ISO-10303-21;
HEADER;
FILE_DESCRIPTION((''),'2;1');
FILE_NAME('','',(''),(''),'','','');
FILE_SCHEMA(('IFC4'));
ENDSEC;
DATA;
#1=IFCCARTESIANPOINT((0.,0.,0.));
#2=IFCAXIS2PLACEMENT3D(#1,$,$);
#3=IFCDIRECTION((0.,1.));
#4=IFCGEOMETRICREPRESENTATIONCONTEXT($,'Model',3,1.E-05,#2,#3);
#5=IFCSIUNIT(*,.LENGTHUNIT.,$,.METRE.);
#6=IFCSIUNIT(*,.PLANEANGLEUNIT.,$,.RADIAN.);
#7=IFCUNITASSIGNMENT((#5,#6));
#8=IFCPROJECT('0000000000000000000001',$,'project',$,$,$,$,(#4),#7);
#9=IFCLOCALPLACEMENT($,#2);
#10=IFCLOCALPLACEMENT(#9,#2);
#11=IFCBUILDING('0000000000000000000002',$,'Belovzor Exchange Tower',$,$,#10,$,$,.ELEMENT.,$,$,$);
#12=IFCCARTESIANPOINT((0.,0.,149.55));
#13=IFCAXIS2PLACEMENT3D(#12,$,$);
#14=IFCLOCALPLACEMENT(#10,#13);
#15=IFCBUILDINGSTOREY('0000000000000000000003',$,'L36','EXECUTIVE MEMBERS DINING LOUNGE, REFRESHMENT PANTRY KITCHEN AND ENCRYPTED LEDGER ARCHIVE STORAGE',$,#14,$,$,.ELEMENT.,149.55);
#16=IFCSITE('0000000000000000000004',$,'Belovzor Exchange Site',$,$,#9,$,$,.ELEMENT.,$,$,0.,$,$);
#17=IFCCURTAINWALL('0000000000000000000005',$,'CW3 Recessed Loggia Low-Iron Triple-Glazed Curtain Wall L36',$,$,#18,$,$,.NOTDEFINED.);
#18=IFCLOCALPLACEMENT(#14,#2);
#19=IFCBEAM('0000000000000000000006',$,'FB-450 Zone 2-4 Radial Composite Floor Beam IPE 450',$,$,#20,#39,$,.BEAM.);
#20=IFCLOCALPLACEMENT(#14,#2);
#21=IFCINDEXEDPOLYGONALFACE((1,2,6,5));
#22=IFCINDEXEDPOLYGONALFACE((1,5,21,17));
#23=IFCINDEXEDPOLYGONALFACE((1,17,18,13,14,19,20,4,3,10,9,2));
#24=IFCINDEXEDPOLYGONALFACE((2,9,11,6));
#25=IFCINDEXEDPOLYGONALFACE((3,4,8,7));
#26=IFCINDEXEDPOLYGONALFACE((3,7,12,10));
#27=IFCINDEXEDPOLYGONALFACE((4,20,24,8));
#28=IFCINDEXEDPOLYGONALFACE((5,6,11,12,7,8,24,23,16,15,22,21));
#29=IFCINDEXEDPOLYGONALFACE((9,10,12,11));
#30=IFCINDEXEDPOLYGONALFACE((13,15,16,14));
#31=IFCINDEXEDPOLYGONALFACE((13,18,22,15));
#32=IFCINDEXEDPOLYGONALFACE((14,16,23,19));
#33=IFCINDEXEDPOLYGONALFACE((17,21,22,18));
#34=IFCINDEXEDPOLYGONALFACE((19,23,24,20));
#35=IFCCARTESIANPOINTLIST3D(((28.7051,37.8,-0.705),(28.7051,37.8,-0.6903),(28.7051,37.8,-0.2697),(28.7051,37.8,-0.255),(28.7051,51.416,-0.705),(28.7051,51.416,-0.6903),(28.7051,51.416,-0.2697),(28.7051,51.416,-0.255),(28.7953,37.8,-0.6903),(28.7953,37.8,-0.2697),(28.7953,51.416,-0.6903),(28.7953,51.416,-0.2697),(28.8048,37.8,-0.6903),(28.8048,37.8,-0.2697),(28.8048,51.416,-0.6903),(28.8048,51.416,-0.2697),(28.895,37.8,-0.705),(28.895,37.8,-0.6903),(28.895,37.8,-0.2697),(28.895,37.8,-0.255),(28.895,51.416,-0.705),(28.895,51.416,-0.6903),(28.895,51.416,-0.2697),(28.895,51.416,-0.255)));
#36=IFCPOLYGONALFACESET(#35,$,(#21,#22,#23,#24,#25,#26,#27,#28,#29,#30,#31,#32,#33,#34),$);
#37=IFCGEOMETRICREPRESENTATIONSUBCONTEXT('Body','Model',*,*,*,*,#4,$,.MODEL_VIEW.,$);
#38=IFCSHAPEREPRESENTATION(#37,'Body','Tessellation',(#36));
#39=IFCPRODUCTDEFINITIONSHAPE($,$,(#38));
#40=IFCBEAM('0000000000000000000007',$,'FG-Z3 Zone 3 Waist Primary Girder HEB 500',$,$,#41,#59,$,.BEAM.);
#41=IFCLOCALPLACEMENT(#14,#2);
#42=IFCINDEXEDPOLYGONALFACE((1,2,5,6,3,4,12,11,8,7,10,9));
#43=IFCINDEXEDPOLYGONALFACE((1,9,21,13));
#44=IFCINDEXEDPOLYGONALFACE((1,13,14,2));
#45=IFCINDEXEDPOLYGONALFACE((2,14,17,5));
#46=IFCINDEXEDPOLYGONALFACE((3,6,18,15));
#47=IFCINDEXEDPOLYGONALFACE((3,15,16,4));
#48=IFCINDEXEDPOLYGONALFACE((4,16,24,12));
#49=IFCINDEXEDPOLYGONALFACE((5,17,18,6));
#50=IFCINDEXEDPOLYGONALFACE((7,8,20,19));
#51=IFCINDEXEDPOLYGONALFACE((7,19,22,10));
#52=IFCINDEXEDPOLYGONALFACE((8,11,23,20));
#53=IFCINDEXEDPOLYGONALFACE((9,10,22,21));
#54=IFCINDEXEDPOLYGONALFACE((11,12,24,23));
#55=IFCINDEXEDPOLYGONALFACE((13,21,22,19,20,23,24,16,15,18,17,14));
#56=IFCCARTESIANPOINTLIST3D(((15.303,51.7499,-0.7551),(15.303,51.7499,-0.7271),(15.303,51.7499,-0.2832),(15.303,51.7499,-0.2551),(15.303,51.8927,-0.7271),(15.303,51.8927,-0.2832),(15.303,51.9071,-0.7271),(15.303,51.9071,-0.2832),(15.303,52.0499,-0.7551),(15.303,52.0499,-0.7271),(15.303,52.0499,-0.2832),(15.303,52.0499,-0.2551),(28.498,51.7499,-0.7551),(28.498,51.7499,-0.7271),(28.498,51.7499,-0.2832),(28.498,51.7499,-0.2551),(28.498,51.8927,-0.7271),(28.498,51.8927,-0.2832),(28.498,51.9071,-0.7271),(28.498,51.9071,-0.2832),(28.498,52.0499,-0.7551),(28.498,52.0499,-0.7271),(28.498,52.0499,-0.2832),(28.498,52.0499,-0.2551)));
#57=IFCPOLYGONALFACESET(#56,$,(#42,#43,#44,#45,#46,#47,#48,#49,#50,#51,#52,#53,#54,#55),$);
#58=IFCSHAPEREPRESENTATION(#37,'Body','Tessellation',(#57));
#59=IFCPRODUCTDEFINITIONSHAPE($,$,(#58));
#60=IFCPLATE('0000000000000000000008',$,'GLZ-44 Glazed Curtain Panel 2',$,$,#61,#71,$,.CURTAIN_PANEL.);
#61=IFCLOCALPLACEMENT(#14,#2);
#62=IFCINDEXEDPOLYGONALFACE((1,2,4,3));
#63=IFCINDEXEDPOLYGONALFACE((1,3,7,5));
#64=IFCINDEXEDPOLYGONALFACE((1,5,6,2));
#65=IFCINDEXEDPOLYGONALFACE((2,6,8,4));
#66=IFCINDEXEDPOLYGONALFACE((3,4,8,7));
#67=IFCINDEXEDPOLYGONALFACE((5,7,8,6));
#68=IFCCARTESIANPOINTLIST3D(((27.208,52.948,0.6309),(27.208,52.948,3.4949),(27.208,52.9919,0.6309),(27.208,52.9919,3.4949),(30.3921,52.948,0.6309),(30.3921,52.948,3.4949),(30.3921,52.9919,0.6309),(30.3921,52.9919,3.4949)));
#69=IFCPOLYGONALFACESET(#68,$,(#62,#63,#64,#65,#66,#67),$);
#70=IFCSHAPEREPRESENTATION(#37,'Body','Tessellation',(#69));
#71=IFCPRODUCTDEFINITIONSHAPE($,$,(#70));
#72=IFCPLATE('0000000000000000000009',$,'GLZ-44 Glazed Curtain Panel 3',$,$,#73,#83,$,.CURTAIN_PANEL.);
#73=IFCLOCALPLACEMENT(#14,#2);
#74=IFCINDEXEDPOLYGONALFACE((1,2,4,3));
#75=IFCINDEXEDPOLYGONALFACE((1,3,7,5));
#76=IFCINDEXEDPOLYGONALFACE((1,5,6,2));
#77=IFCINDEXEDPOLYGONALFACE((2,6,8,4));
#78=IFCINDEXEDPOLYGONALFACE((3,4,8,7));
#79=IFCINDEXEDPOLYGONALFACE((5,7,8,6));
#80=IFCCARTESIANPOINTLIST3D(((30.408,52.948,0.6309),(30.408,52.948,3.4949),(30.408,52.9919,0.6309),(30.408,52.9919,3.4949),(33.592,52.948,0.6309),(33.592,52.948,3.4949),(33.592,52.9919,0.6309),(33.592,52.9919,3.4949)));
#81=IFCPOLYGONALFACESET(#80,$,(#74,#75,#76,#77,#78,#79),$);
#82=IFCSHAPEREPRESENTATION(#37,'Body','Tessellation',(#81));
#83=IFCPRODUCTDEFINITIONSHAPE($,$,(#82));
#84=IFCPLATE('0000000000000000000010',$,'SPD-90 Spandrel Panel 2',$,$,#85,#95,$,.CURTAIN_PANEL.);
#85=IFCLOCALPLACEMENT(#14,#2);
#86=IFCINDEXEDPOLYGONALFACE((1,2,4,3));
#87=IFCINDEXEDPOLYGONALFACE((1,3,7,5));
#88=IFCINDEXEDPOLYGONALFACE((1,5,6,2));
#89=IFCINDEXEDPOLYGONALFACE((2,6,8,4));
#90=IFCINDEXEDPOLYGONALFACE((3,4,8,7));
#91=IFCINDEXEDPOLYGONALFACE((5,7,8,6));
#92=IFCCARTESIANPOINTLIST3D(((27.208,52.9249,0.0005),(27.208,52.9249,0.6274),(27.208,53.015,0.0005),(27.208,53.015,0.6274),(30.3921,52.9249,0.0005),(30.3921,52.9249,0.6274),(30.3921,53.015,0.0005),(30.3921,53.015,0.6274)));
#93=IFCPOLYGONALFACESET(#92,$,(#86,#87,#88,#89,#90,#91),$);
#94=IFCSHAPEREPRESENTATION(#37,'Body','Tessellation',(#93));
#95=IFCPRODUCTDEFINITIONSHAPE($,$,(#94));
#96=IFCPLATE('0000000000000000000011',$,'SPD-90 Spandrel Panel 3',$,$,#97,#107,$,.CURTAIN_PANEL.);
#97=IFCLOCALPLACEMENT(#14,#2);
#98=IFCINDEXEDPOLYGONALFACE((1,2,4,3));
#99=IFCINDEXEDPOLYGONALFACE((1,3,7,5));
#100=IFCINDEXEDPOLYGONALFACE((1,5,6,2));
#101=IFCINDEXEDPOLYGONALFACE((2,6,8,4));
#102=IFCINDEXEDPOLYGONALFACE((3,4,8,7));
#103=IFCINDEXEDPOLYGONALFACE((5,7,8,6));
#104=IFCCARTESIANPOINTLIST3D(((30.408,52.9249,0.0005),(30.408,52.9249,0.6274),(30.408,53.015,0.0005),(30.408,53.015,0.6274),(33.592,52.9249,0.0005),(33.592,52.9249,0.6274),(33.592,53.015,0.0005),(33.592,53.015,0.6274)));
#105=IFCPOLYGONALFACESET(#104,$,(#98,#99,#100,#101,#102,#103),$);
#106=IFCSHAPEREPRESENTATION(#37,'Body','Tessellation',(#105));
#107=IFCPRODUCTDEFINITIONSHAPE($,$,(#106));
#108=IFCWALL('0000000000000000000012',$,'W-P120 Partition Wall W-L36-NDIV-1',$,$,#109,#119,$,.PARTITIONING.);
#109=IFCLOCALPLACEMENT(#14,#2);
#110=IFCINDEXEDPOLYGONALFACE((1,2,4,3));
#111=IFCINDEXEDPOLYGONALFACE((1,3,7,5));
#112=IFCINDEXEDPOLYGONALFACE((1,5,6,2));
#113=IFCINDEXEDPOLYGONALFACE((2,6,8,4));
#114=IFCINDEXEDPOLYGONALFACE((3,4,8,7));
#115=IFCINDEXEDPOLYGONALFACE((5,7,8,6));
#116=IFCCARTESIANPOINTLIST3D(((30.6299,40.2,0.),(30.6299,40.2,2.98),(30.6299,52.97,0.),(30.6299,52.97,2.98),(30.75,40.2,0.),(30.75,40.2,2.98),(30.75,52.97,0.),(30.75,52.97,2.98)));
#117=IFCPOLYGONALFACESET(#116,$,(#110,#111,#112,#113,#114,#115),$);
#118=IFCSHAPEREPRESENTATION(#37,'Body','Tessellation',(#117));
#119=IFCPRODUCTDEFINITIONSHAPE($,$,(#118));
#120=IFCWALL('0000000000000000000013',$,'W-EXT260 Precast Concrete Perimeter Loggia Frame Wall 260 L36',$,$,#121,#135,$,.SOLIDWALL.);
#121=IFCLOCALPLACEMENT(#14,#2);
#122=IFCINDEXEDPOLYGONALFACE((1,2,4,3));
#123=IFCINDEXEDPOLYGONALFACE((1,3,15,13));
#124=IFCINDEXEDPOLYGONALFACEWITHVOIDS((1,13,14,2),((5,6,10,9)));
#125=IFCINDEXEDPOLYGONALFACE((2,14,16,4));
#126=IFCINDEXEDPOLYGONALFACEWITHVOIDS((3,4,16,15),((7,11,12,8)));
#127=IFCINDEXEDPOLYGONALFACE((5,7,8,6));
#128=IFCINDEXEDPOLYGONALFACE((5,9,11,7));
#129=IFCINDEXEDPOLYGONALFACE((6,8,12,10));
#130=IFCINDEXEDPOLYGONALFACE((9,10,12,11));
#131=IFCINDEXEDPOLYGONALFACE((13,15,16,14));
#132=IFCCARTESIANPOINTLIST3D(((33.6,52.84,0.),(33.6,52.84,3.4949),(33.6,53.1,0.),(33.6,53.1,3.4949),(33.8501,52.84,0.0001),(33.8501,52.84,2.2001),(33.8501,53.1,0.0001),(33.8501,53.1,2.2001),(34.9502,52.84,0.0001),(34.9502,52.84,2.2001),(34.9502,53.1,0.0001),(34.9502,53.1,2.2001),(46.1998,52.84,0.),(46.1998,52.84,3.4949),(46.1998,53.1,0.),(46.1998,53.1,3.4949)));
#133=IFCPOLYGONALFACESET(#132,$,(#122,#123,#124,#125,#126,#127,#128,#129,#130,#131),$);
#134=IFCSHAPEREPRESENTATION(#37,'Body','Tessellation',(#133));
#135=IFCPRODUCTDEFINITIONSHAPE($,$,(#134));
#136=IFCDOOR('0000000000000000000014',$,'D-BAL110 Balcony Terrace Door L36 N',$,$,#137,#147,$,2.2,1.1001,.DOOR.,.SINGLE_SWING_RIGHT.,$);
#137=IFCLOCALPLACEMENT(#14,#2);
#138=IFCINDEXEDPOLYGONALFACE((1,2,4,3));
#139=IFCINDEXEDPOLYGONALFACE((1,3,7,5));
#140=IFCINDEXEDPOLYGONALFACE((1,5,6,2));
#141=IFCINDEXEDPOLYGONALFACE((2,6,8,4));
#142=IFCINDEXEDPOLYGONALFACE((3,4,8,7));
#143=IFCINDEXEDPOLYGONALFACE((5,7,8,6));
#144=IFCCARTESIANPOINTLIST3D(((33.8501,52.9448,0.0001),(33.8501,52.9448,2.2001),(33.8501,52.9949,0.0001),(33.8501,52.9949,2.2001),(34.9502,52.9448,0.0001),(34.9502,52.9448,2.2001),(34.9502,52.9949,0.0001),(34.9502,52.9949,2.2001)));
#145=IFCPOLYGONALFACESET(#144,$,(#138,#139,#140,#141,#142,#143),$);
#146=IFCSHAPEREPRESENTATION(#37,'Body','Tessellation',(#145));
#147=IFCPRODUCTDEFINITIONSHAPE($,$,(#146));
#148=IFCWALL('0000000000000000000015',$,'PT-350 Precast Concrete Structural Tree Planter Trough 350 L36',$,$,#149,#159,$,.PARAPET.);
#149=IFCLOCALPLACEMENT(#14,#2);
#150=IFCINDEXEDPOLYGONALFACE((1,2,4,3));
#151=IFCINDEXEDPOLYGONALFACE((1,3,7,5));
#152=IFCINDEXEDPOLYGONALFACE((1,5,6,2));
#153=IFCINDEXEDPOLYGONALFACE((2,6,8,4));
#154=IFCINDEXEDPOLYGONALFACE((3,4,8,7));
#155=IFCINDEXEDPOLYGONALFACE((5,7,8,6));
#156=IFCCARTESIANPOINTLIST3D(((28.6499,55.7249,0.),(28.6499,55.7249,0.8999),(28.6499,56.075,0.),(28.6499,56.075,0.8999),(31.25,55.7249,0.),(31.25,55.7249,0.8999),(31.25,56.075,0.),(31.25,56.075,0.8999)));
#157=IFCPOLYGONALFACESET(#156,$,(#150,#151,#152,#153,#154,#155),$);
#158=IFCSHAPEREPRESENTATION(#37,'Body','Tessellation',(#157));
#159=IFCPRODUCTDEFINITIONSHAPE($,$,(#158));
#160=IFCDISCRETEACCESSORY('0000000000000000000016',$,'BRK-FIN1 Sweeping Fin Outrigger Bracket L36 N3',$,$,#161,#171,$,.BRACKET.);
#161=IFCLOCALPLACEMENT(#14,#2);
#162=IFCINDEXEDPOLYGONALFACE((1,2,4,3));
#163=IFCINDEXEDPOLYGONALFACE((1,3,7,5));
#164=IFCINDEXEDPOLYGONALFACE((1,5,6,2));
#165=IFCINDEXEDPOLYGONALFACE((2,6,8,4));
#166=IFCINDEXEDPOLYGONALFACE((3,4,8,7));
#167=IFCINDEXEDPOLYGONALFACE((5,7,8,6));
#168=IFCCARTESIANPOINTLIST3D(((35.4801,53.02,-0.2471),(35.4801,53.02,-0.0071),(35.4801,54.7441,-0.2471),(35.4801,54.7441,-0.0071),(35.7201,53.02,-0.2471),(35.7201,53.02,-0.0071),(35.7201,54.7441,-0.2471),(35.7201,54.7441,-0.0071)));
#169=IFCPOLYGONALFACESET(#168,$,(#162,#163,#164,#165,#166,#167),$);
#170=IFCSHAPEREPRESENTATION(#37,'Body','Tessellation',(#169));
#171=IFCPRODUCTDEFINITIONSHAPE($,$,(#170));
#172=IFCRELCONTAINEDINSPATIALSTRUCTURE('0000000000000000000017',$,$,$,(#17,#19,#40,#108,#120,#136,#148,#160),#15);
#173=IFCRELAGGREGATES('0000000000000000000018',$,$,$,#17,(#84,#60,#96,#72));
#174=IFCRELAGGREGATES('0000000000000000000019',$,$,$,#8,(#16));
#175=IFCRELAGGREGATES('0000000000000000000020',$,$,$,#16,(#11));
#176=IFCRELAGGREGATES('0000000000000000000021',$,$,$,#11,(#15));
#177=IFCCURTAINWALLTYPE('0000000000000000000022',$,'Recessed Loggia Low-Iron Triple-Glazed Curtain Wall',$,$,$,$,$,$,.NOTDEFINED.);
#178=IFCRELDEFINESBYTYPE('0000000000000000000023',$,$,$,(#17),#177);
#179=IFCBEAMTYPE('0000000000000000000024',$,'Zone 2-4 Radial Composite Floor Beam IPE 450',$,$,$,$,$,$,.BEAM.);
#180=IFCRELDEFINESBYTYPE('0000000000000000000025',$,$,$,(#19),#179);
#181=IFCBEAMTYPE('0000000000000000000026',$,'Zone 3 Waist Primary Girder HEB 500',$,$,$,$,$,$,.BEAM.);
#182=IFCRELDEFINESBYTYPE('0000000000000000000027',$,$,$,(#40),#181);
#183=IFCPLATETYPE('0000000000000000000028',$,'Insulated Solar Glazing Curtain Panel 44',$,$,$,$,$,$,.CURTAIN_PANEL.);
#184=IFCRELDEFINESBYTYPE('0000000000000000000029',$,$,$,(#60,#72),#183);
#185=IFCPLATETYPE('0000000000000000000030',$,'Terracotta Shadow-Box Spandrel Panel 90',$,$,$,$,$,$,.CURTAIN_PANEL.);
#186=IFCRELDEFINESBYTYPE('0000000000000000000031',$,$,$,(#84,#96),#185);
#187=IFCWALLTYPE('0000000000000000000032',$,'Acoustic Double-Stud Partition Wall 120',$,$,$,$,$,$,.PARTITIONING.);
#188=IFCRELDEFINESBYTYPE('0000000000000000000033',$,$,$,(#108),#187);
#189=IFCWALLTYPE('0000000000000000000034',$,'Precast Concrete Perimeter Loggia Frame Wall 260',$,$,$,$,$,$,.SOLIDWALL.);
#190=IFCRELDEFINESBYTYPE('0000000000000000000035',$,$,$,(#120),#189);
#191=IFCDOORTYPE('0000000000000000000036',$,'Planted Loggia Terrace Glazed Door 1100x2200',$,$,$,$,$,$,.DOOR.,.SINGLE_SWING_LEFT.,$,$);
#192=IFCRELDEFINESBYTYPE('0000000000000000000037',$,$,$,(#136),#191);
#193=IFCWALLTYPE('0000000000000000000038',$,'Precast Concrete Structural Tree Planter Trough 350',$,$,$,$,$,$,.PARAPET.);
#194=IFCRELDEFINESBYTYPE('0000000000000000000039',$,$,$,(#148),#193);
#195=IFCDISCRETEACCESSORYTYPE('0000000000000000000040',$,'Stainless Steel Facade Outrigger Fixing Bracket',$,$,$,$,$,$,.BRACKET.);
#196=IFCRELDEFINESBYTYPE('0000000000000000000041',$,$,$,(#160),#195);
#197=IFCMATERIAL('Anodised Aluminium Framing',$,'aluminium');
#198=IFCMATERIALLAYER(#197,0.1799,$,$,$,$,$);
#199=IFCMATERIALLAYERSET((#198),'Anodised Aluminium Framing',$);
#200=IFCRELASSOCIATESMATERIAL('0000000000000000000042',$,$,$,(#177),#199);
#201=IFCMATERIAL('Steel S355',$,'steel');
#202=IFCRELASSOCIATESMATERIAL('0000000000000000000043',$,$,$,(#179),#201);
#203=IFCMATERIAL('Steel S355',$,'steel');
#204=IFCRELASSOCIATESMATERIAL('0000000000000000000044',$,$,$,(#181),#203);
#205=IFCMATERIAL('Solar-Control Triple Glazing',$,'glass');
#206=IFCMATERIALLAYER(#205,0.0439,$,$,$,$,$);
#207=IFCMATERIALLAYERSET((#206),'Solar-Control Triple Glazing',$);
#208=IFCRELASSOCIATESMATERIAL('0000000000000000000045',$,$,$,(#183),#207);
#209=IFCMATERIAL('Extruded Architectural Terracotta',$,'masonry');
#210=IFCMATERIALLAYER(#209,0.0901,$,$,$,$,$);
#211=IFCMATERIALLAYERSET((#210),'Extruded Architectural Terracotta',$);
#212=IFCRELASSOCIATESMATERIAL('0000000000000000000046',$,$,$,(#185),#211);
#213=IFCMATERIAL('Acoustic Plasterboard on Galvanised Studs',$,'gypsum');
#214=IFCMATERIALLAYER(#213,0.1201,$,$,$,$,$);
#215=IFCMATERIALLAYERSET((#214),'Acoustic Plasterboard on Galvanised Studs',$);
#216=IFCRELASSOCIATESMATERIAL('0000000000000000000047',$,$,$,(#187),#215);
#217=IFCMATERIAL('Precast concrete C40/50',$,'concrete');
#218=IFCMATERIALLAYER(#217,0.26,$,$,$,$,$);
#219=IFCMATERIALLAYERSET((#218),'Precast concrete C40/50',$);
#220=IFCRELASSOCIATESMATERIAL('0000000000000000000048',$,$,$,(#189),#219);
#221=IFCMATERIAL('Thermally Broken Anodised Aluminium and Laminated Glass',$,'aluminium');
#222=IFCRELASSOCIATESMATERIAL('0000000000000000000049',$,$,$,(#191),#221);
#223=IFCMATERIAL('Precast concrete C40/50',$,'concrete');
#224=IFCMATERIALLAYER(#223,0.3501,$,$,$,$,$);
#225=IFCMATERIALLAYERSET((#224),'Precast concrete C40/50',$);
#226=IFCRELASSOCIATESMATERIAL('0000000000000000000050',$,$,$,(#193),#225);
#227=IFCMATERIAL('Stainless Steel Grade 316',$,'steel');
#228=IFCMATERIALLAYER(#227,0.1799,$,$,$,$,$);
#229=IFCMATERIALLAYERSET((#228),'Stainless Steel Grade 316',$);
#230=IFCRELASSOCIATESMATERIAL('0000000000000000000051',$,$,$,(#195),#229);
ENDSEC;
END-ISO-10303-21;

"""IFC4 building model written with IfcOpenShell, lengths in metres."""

from ifc_helpers import new_model, si_unit, direction, frame, frame_2d, origin, origin_2d, place, context, subcontext, project, spatial, rectangle, i_section, extrude, material, layer, layer_set, material_profile, profile_set, type_object, element, fill, aggregate, save


model = new_model("IFC4")

# Units and contexts
model_context = context("Model", 3, precision=1e-05, world=origin(), true_north=direction((0.0, 1.0)))
body_context = subcontext(model_context, "Body", "Model", "MODEL_VIEW")
ifc_project = project(units=[si_unit("LENGTHUNIT", "METRE"), si_unit("PLANEANGLEUNIT", "RADIAN")], contexts=[model_context])

# Site, building, storey
site_placement = place(None, origin())
site = spatial("IfcSite", under=ifc_project, at=site_placement, Name="Belovzor Exchange Site", CompositionType="ELEMENT", RefElevation=0.0)
building_placement = place(site_placement, origin())
building = spatial("IfcBuilding", under=site, at=building_placement, Name="Belovzor Exchange Tower", CompositionType="ELEMENT")
storey_placement = place(building_placement, frame((0.0, 0.0, 149.55)))
storey = spatial("IfcBuildingStorey", under=building, at=storey_placement, Name="L36", Description="EXECUTIVE MEMBERS DINING LOUNGE, REFRESHMENT PANTRY KITCHEN AND ENCRYPTED LEDGER ARCHIVE STORAGE", CompositionType="ELEMENT", Elevation=149.55)

# Curtain wall
ifc_material_1 = material(Name="Anodised Aluminium Framing", Category="aluminium")
ifc_layer_1 = layer(ifc_material_1, 0.1799)
ifc_layer_set_1 = layer_set([ifc_layer_1], Name="Anodised Aluminium Framing")
curtain_wall_type = type_object("IfcCurtainWallType", Name="Recessed Loggia Low-Iron Triple-Glazed Curtain Wall", PredefinedType="NOTDEFINED", material=ifc_layer_set_1)
curtain_wall_placement = place(storey_placement, origin())
curtain_wall = element("IfcCurtainWall", 1, at=curtain_wall_placement, inside=storey, type_object=curtain_wall_type, Name="CW3 Recessed Loggia Low-Iron Triple-Glazed Curtain Wall L36", PredefinedType="NOTDEFINED")

# Beams
ifc_material_2 = material(Name="Steel S355", Category="steel")
ifc_material_profile_1 = material_profile(ifc_material_2, i_section(OverallWidth=0.1899, OverallDepth=0.45, WebThickness=0.0095, FlangeThickness=0.0146, at=origin_2d()))
ifc_profile_set_1 = profile_set([ifc_material_profile_1], Name="Steel S355")
beam_type_1 = type_object("IfcBeamType", Name="Zone 2-4 Radial Composite Floor Beam IPE 450", PredefinedType="BEAM", material=ifc_profile_set_1)
beam_1_placement = place(storey_placement, frame((28.8, 37.8, -0.48), z_axis=(0.0, 1.0, 0.0), x_axis=(-1.0, 0.0, 0.0)))
element("IfcBeam", 2, at=beam_1_placement, inside=storey, type_object=beam_type_1, Name="FB-450 Zone 2-4 Radial Composite Floor Beam IPE 450", PredefinedType="BEAM", context=body_context, shape_type="SweptSolid", body=[
    extrude(i_section(OverallWidth=0.1899, OverallDepth=0.45, WebThickness=0.0095, FlangeThickness=0.0146, at=origin_2d()), origin(), (0.0, 0.0, 1.0), 13.616),
])
ifc_material_3 = material(Name="Steel S355", Category="steel")
ifc_material_profile_2 = material_profile(ifc_material_3, i_section(OverallWidth=0.3, OverallDepth=0.5, WebThickness=0.0144, FlangeThickness=0.0281, at=origin_2d()))
ifc_profile_set_2 = profile_set([ifc_material_profile_2], Name="Steel S355")
beam_type_2 = type_object("IfcBeamType", Name="Zone 3 Waist Primary Girder HEB 500", PredefinedType="BEAM", material=ifc_profile_set_2)
beam_2_placement = place(storey_placement, frame((28.498, 51.8999, -0.5051), z_axis=(-1.0, 0.0, 0.0), x_axis=(0.0, -1.0, 0.0)))
element("IfcBeam", 3, at=beam_2_placement, inside=storey, type_object=beam_type_2, Name="FG-Z3 Zone 3 Waist Primary Girder HEB 500", PredefinedType="BEAM", context=body_context, shape_type="SweptSolid", body=[
    extrude(i_section(OverallWidth=0.3, OverallDepth=0.5, WebThickness=0.0144, FlangeThickness=0.0281, at=origin_2d()), origin(), (0.0, 0.0, 1.0), 13.1951),
])

# Plates
ifc_material_4 = material(Name="Solar-Control Triple Glazing", Category="glass")
ifc_layer_2 = layer(ifc_material_4, 0.0439)
ifc_layer_set_2 = layer_set([ifc_layer_2], Name="Solar-Control Triple Glazing")
plate_type_1 = type_object("IfcPlateType", Name="Insulated Solar Glazing Curtain Panel 44", PredefinedType="CURTAIN_PANEL", material=ifc_layer_set_2)
plate_1_placement = place(storey_placement, frame((28.8, 52.97, 0.6309), z_axis=(0.0, 0.0, 1.0), x_axis=(1.0, 0.0, 0.0)))
plate_1 = element("IfcPlate", 4, at=plate_1_placement, type_object=plate_type_1, Name="GLZ-44 Glazed Curtain Panel 2", PredefinedType="CURTAIN_PANEL", context=body_context, shape_type="SweptSolid", body=[
    extrude(rectangle(XDim=3.1841, YDim=0.0439, at=origin_2d()), origin(), (0.0, 0.0, 1.0), 2.864),
])
plate_2_placement = place(storey_placement, frame((32.0, 52.97, 0.6309), z_axis=(0.0, 0.0, 1.0), x_axis=(1.0, 0.0, 0.0)))
plate_2 = element("IfcPlate", 5, at=plate_2_placement, type_object=plate_type_1, Name="GLZ-44 Glazed Curtain Panel 3", PredefinedType="CURTAIN_PANEL", context=body_context, shape_type="SweptSolid", body=[
    extrude(rectangle(XDim=3.1841, YDim=0.0439, at=origin_2d()), origin(), (0.0, 0.0, 1.0), 2.864),
])
ifc_material_5 = material(Name="Extruded Architectural Terracotta", Category="masonry")
ifc_layer_3 = layer(ifc_material_5, 0.0901)
ifc_layer_set_3 = layer_set([ifc_layer_3], Name="Extruded Architectural Terracotta")
plate_type_2 = type_object("IfcPlateType", Name="Terracotta Shadow-Box Spandrel Panel 90", PredefinedType="CURTAIN_PANEL", material=ifc_layer_set_3)
plate_3_placement = place(storey_placement, frame((28.8, 52.97, 0.0005), z_axis=(0.0, 0.0, 1.0), x_axis=(1.0, 0.0, 0.0)))
plate_3 = element("IfcPlate", 6, at=plate_3_placement, type_object=plate_type_2, Name="SPD-90 Spandrel Panel 2", PredefinedType="CURTAIN_PANEL", context=body_context, shape_type="SweptSolid", body=[
    extrude(rectangle(XDim=3.1841, YDim=0.0901, at=origin_2d()), origin(), (0.0, 0.0, 1.0), 0.627),
])
plate_4_placement = place(storey_placement, frame((32.0, 52.97, 0.0005), z_axis=(0.0, 0.0, 1.0), x_axis=(1.0, 0.0, 0.0)))
plate_4 = element("IfcPlate", 7, at=plate_4_placement, type_object=plate_type_2, Name="SPD-90 Spandrel Panel 3", PredefinedType="CURTAIN_PANEL", context=body_context, shape_type="SweptSolid", body=[
    extrude(rectangle(XDim=3.1841, YDim=0.0901, at=origin_2d()), origin(), (0.0, 0.0, 1.0), 0.627),
])
aggregate(curtain_wall, [plate_3, plate_1, plate_4, plate_2])

# Wall
ifc_material_6 = material(Name="Acoustic Plasterboard on Galvanised Studs", Category="gypsum")
ifc_layer_4 = layer(ifc_material_6, 0.1201)
ifc_layer_set_4 = layer_set([ifc_layer_4], Name="Acoustic Plasterboard on Galvanised Studs")
wall_type_1 = type_object("IfcWallType", Name="Acoustic Double-Stud Partition Wall 120", PredefinedType="PARTITIONING", material=ifc_layer_set_4)
wall_1_placement = place(storey_placement, frame((30.6899, 40.2, 0.0), z_axis=(0.0, 0.0, 1.0), x_axis=(0.0, 1.0, 0.0)))
element("IfcWall", 8, at=wall_1_placement, inside=storey, type_object=wall_type_1, Name="W-P120 Partition Wall W-L36-NDIV-1", PredefinedType="PARTITIONING", context=body_context, shape_type="SweptSolid", body=[
    extrude(rectangle(XDim=12.77, YDim=0.1201, at=frame_2d((6.385, 0.0))), origin(), (0.0, 0.0, 1.0), 2.98),
])

# Wall, opening, door
ifc_material_7 = material(Name="Precast concrete C40/50", Category="concrete")
ifc_layer_5 = layer(ifc_material_7, 0.26)
ifc_layer_set_5 = layer_set([ifc_layer_5], Name="Precast concrete C40/50")
wall_type_2 = type_object("IfcWallType", Name="Precast Concrete Perimeter Loggia Frame Wall 260", PredefinedType="SOLIDWALL", material=ifc_layer_set_5)
wall_2_placement = place(storey_placement, frame((33.6001, 52.97, 0.0), z_axis=(0.0, 0.0, 1.0), x_axis=(1.0, 0.0, 0.0)))
wall_2 = element("IfcWall", 9, at=wall_2_placement, inside=storey, type_object=wall_type_2, Name="W-EXT260 Precast Concrete Perimeter Loggia Frame Wall 260 L36", PredefinedType="SOLIDWALL", context=body_context, shape_type="SweptSolid", body=[
    extrude(rectangle(XDim=12.5999, YDim=0.26, at=frame_2d((6.2998, 0.0))), origin(), (0.0, 0.0, 1.0), 3.4949),
])
opening_placement = place(wall_2_placement, frame((0.25, 0.0, 0.0)))
opening = element("IfcOpeningElement", 10, at=opening_placement, cuts=wall_2, PredefinedType="OPENING", context=body_context, shape_type="SweptSolid", body=[
    extrude(rectangle(XDim=1.1001, YDim=2.2, at=frame_2d((0.55, 1.1001))), frame((0.0, 0.1399, 0.0), z_axis=(0.0, -1.0, 0.0), x_axis=(1.0, 0.0, 0.0)), (0.0, 0.0, 1.0), 0.28),
])
ifc_material_8 = material(Name="Thermally Broken Anodised Aluminium and Laminated Glass", Category="aluminium")
door_type = type_object("IfcDoorType", Name="Planted Loggia Terrace Glazed Door 1100x2200", OperationType="SINGLE_SWING_LEFT", PredefinedType="DOOR", material=ifc_material_8)
door_placement = place(opening_placement, origin())
door = element("IfcDoor", 11, at=door_placement, inside=storey, type_object=door_type, Name="D-BAL110 Balcony Terrace Door L36 N", OperationType="SINGLE_SWING_RIGHT", OverallHeight=2.2, OverallWidth=1.1001, PredefinedType="DOOR", context=body_context, shape_type="SweptSolid", body=[
    extrude(rectangle(XDim=1.1001, YDim=2.2, at=frame_2d((0.55, 1.1001))), frame((0.0, 0.0249, 0.0), z_axis=(0.0, -1.0, 0.0), x_axis=(1.0, 0.0, 0.0)), (0.0, 0.0, 1.0), 0.05),
])
fill(opening, door)

# Wall
ifc_material_9 = material(Name="Precast concrete C40/50", Category="concrete")
ifc_layer_6 = layer(ifc_material_9, 0.3501)
ifc_layer_set_6 = layer_set([ifc_layer_6], Name="Precast concrete C40/50")
wall_type_3 = type_object("IfcWallType", Name="Precast Concrete Structural Tree Planter Trough 350", PredefinedType="PARAPET", material=ifc_layer_set_6)
wall_3_placement = place(storey_placement, frame((28.6499, 55.8999, 0.0), z_axis=(0.0, 0.0, 1.0), x_axis=(1.0, 0.0, 0.0)))
element("IfcWall", 12, at=wall_3_placement, inside=storey, type_object=wall_type_3, Name="PT-350 Precast Concrete Structural Tree Planter Trough 350 L36", PredefinedType="PARAPET", context=body_context, shape_type="SweptSolid", body=[
    extrude(rectangle(XDim=2.6001, YDim=0.3501, at=frame_2d((1.3, 0.0))), origin(), (0.0, 0.0, 1.0), 0.8999),
])

# Discrete accessory
ifc_material_10 = material(Name="Stainless Steel Grade 316", Category="steel")
ifc_layer_7 = layer(ifc_material_10, 0.1799)
ifc_layer_set_7 = layer_set([ifc_layer_7], Name="Stainless Steel Grade 316")
discrete_accessory_type = type_object("IfcDiscreteAccessoryType", Name="Stainless Steel Facade Outrigger Fixing Bracket", PredefinedType="BRACKET", material=ifc_layer_set_7)
discrete_accessory_placement = place(storey_placement, frame((35.6001, 53.8821, -0.2471), z_axis=(0.0, 0.0, 1.0), x_axis=(0.0, 1.0, 0.0)))
element("IfcDiscreteAccessory", 13, at=discrete_accessory_placement, inside=storey, type_object=discrete_accessory_type, Name="BRK-FIN1 Sweeping Fin Outrigger Bracket L36 N3", PredefinedType="BRACKET", context=body_context, shape_type="SweptSolid", body=[
    extrude(rectangle(XDim=1.7241, YDim=0.24, at=origin_2d()), origin(), (0.0, 0.0, 1.0), 0.24),
])

save(model, "model.ifc")
